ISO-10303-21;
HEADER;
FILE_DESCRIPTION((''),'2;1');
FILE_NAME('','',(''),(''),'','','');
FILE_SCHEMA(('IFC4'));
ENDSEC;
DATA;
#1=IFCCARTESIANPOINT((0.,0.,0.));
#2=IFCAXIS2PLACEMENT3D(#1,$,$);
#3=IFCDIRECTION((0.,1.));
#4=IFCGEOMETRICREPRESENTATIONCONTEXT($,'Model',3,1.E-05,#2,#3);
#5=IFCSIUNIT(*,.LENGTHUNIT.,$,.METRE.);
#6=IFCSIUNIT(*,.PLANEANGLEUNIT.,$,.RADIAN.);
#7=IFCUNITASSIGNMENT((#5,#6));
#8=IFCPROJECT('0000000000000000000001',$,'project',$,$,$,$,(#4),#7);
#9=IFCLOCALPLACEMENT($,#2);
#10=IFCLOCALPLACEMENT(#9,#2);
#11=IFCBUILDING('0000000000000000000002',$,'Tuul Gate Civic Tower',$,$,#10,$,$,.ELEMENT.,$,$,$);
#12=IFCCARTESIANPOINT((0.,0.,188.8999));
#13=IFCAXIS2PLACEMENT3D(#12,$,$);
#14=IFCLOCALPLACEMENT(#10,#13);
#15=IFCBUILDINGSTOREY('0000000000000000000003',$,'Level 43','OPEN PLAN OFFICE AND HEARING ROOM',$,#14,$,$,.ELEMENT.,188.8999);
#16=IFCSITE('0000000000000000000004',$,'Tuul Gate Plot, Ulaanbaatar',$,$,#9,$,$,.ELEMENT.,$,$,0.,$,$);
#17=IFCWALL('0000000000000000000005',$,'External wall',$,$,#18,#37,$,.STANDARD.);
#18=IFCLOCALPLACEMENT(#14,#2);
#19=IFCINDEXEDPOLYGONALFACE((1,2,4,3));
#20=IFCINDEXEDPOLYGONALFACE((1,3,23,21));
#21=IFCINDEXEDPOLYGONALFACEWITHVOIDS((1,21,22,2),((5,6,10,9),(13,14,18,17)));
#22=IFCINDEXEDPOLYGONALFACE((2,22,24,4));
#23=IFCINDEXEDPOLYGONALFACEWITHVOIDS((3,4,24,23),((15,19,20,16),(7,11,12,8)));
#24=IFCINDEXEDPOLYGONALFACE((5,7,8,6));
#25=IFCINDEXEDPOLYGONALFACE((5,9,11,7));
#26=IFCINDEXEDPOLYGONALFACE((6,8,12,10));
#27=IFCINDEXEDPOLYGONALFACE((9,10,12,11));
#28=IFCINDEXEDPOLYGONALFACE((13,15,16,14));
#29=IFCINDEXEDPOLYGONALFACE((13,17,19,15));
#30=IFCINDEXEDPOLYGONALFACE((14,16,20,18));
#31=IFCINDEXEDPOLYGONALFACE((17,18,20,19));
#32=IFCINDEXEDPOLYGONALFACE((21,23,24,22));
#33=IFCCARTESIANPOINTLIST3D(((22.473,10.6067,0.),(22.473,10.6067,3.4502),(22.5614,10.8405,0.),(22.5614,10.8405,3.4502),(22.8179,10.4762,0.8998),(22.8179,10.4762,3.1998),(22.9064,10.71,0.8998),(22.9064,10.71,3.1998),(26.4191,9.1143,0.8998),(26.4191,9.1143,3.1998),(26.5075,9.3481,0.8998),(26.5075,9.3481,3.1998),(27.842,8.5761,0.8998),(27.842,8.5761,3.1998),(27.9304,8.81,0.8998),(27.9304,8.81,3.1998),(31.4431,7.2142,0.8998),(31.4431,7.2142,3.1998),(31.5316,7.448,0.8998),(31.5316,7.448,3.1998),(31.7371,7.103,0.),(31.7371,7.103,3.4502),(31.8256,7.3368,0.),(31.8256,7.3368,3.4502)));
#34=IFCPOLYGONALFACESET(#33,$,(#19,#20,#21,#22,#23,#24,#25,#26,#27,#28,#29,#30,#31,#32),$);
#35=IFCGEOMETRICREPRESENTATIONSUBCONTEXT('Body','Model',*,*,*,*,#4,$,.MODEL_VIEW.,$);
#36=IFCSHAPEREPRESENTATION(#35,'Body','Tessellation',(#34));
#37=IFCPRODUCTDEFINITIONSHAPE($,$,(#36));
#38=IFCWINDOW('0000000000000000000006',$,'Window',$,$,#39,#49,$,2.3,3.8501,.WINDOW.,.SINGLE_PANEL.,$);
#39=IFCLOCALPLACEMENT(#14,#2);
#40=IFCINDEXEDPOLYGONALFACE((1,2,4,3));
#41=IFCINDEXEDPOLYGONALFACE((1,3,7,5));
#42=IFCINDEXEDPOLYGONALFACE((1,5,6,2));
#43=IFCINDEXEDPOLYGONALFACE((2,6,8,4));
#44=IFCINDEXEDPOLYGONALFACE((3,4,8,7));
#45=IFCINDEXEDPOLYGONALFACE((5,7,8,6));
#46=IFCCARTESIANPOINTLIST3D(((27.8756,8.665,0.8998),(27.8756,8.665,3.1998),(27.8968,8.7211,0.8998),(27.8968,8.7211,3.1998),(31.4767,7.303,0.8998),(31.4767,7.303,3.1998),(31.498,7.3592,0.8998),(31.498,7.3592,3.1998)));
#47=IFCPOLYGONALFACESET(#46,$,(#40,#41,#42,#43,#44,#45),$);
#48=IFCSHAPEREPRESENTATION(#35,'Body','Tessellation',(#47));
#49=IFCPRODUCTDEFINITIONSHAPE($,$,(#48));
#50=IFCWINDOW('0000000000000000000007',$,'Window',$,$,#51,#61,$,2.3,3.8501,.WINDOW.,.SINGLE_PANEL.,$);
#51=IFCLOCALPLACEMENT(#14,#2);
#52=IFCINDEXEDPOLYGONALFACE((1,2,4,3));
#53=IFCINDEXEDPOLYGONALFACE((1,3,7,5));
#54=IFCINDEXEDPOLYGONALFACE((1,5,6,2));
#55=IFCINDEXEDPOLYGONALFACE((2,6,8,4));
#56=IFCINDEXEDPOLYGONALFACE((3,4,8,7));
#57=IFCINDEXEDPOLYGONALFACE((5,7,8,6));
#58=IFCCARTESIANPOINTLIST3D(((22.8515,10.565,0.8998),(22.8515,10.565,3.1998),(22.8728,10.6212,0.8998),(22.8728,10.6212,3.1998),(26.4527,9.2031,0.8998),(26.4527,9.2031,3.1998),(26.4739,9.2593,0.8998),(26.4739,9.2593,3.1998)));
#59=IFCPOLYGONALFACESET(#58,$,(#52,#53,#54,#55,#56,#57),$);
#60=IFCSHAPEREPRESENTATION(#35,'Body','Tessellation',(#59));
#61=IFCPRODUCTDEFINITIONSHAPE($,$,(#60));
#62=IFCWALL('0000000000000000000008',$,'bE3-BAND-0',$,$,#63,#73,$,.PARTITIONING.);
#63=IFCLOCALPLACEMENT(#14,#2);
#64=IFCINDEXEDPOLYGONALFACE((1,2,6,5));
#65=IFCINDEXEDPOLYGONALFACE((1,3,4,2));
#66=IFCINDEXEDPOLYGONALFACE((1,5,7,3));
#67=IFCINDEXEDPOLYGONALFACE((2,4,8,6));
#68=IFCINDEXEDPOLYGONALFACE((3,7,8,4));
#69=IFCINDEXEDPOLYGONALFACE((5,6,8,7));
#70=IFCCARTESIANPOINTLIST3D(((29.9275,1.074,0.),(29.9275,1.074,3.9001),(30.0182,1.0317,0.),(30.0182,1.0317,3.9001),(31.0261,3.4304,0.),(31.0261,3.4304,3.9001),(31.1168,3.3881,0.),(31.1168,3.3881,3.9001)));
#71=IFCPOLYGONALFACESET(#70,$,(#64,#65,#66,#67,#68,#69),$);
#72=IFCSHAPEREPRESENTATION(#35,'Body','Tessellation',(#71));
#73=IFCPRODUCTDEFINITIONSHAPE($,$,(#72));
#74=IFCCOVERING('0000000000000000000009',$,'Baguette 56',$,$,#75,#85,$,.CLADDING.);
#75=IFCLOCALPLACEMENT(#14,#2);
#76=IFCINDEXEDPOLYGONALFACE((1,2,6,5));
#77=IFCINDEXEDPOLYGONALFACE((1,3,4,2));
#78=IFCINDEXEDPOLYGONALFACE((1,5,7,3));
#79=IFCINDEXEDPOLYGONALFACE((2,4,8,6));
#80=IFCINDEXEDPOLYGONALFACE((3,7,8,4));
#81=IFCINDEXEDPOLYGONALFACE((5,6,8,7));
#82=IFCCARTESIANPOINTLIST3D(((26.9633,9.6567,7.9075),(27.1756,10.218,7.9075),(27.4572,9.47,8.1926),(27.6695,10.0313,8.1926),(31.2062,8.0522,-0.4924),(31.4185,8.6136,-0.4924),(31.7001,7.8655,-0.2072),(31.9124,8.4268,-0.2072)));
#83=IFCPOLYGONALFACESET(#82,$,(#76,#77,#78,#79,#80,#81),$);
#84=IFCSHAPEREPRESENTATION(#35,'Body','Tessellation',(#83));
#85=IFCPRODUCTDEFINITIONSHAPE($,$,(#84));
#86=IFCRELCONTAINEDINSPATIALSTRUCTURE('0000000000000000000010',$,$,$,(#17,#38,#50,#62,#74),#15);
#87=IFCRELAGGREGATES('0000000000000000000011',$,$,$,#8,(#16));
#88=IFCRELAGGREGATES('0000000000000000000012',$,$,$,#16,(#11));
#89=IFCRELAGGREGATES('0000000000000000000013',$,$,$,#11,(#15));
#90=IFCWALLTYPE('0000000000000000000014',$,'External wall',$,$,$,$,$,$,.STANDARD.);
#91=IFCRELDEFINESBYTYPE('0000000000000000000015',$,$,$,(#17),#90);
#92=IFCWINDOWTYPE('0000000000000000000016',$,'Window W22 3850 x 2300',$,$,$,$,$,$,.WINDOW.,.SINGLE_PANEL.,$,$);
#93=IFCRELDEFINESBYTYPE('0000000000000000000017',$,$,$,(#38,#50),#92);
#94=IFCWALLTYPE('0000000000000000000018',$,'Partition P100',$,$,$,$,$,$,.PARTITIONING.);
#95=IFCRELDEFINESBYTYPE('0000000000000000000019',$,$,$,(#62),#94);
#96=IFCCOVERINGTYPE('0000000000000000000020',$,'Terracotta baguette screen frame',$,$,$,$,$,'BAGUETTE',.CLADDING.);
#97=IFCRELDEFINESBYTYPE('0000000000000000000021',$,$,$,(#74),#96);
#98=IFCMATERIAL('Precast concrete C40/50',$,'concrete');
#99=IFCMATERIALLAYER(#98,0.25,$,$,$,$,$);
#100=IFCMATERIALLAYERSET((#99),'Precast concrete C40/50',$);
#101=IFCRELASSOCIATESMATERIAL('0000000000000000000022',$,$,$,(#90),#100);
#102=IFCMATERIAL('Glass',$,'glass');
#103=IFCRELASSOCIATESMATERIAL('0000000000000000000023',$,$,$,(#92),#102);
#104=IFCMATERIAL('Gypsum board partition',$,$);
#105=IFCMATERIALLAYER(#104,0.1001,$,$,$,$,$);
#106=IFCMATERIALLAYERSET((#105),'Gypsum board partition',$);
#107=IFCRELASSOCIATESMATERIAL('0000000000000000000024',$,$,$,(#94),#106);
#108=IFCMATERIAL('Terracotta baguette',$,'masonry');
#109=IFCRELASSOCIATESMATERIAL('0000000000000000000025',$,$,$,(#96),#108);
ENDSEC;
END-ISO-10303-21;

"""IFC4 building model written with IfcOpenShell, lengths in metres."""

from ifc_helpers import new_model, si_unit, direction, frame, frame_2d, origin, origin_2d, place, context, subcontext, project, spatial, rectangle, extrude, material, layer, layer_set, material_profile, profile_set, type_object, element, fill, save


model = new_model("IFC4")

# Units and contexts
model_context = context("Model", 3, precision=1e-05, world=origin(), true_north=direction((0.0, 1.0)))
body_context = subcontext(model_context, "Body", "Model", "MODEL_VIEW")
ifc_project = project(units=[si_unit("LENGTHUNIT", "METRE"), si_unit("PLANEANGLEUNIT", "RADIAN")], contexts=[model_context])

# Site, building, storey
site_placement = place(None, origin())
site = spatial("IfcSite", under=ifc_project, at=site_placement, Name="Tuul Gate Plot, Ulaanbaatar", CompositionType="ELEMENT", RefElevation=0.0)
building_placement = place(site_placement, origin())
building = spatial("IfcBuilding", under=site, at=building_placement, Name="Tuul Gate Civic Tower", CompositionType="ELEMENT")
storey_placement = place(building_placement, frame((0.0, 0.0, 188.8999)))
storey = spatial("IfcBuildingStorey", under=building, at=storey_placement, Name="Level 43", Description="OPEN PLAN OFFICE AND HEARING ROOM", CompositionType="ELEMENT", Elevation=188.8999)

# Wall, openings, windows
ifc_material_1 = material(Name="Precast concrete C40/50", Category="concrete")
ifc_layer_1 = layer(ifc_material_1, 0.25)
ifc_layer_set_1 = layer_set([ifc_layer_1], Name="Precast concrete C40/50")
wall_type_1 = type_object("IfcWallType", Name="External wall", PredefinedType="STANDARD", material=ifc_layer_set_1)
wall_1_placement = place(storey_placement, frame((31.7812, 7.22, 0.0), z_axis=(0.0, 0.0, 1.0), x_axis=(-0.935343, 0.353742, 0.0)))
wall_1 = element("IfcWall", 1, at=wall_1_placement, inside=storey, type_object=wall_type_1, Name="External wall", PredefinedType="STANDARD", context=body_context, shape_type="SweptSolid", body=[
    extrude(rectangle(XDim=9.9045, YDim=0.25, at=frame_2d((4.9521, 0.0))), origin(), (0.0, 0.0, 1.0), 3.4502),
])
opening_1_placement = place(wall_1_placement, frame((0.3142, 0.0, 0.8999)))
opening_1 = element("IfcOpeningElement", 2, at=opening_1_placement, cuts=wall_1, PredefinedType="OPENING", context=body_context, shape_type="SweptSolid", body=[
    extrude(rectangle(XDim=3.8501, YDim=2.3, at=frame_2d((1.925, 1.1499))), frame((0.0, 0.135, 0.0), z_axis=(0.0, -1.0, 0.0), x_axis=(1.0, 0.0, 0.0)), (0.0, 0.0, 1.0), 0.27),
])
opening_2_placement = place(wall_1_placement, frame((5.6855, 0.0, 0.8999)))
opening_2 = element("IfcOpeningElement", 3, at=opening_2_placement, cuts=wall_1, PredefinedType="OPENING", context=body_context, shape_type="SweptSolid", body=[
    extrude(rectangle(XDim=3.8501, YDim=2.3, at=frame_2d((1.925, 1.1499))), frame((0.0, 0.135, 0.0), z_axis=(0.0, -1.0, 0.0), x_axis=(1.0, 0.0, 0.0)), (0.0, 0.0, 1.0), 0.27),
])
ifc_material_2 = material(Name="Glass", Category="glass")
window_type = type_object("IfcWindowType", Name="Window W22 3850 x 2300", PartitioningType="SINGLE_PANEL", PredefinedType="WINDOW", material=ifc_material_2)
window_1_placement = place(opening_1_placement, origin())
window_1 = element("IfcWindow", 4, at=window_1_placement, inside=storey, type_object=window_type, Name="Window", OverallHeight=2.3, OverallWidth=3.8501, PartitioningType="SINGLE_PANEL", PredefinedType="WINDOW", context=body_context, shape_type="SweptSolid", body=[
    extrude(rectangle(XDim=3.8501, YDim=2.3, at=frame_2d((1.925, 1.1499))), frame((0.0, 0.03, 0.0), z_axis=(0.0, -1.0, 0.0), x_axis=(1.0, 0.0, 0.0)), (0.0, 0.0, 1.0), 0.0601),
])
fill(opening_1, window_1)
window_2_placement = place(opening_2_placement, origin())
window_2 = element("IfcWindow", 5, at=window_2_placement, inside=storey, type_object=window_type, Name="Window", OverallHeight=2.3, OverallWidth=3.8501, PartitioningType="SINGLE_PANEL", PredefinedType="WINDOW", context=body_context, shape_type="SweptSolid", body=[
    extrude(rectangle(XDim=3.8501, YDim=2.3, at=frame_2d((1.925, 1.1499))), frame((0.0, 0.03, 0.0), z_axis=(0.0, -1.0, 0.0), x_axis=(1.0, 0.0, 0.0)), (0.0, 0.0, 1.0), 0.0601),
])
fill(opening_2, window_2)

# Wall
ifc_material_3 = material(Name="Gypsum board partition")
ifc_layer_2 = layer(ifc_material_3, 0.1001)
ifc_layer_set_2 = layer_set([ifc_layer_2], Name="Gypsum board partition")
wall_type_2 = type_object("IfcWallType", Name="Partition P100", PredefinedType="PARTITIONING", material=ifc_layer_set_2)
wall_2_placement = place(storey_placement, frame((29.9729, 1.053, 0.0), z_axis=(0.0, 0.0, 1.0), x_axis=(0.422556, 0.906337, 0.0)))
element("IfcWall", 6, at=wall_2_placement, inside=storey, type_object=wall_type_2, Name="bE3-BAND-0", PredefinedType="PARTITIONING", context=body_context, shape_type="SweptSolid", body=[
    extrude(rectangle(XDim=2.5999, YDim=0.1001, at=frame_2d((1.2998, 0.0))), origin(), (0.0, 0.0, 1.0), 3.9001),
])

# Covering
ifc_material_4 = material(Name="Terracotta baguette", Category="masonry")
ifc_material_profile_1 = material_profile(ifc_material_4, rectangle(XDim=0.6001, YDim=0.6001, at=origin_2d()), Name="Terracotta baguette screen frame")
ifc_profile_set_1 = profile_set([ifc_material_profile_1], Name="Terracotta baguette")
covering_type = type_object("IfcCoveringType", Name="Terracotta baguette screen frame", ElementType="BAGUETTE", PredefinedType="CLADDING", material=ifc_profile_set_1)
covering_placement = place(storey_placement, frame((27.3164, 9.844, 8.05), z_axis=(0.444449, -0.168072, -0.879896), x_axis=(0.353711, 0.935355, 0.0)))
element("IfcCovering", 7, at=covering_placement, inside=storey, type_object=covering_type, Name="Baguette 56", PredefinedType="CLADDING", context=body_context, shape_type="SweptSolid", body=[
    extrude(rectangle(XDim=0.6001, YDim=0.6001, at=origin_2d()), origin(), (0.0, 0.0, 1.0), 9.5464),
])

save(model, "model.ifc")
